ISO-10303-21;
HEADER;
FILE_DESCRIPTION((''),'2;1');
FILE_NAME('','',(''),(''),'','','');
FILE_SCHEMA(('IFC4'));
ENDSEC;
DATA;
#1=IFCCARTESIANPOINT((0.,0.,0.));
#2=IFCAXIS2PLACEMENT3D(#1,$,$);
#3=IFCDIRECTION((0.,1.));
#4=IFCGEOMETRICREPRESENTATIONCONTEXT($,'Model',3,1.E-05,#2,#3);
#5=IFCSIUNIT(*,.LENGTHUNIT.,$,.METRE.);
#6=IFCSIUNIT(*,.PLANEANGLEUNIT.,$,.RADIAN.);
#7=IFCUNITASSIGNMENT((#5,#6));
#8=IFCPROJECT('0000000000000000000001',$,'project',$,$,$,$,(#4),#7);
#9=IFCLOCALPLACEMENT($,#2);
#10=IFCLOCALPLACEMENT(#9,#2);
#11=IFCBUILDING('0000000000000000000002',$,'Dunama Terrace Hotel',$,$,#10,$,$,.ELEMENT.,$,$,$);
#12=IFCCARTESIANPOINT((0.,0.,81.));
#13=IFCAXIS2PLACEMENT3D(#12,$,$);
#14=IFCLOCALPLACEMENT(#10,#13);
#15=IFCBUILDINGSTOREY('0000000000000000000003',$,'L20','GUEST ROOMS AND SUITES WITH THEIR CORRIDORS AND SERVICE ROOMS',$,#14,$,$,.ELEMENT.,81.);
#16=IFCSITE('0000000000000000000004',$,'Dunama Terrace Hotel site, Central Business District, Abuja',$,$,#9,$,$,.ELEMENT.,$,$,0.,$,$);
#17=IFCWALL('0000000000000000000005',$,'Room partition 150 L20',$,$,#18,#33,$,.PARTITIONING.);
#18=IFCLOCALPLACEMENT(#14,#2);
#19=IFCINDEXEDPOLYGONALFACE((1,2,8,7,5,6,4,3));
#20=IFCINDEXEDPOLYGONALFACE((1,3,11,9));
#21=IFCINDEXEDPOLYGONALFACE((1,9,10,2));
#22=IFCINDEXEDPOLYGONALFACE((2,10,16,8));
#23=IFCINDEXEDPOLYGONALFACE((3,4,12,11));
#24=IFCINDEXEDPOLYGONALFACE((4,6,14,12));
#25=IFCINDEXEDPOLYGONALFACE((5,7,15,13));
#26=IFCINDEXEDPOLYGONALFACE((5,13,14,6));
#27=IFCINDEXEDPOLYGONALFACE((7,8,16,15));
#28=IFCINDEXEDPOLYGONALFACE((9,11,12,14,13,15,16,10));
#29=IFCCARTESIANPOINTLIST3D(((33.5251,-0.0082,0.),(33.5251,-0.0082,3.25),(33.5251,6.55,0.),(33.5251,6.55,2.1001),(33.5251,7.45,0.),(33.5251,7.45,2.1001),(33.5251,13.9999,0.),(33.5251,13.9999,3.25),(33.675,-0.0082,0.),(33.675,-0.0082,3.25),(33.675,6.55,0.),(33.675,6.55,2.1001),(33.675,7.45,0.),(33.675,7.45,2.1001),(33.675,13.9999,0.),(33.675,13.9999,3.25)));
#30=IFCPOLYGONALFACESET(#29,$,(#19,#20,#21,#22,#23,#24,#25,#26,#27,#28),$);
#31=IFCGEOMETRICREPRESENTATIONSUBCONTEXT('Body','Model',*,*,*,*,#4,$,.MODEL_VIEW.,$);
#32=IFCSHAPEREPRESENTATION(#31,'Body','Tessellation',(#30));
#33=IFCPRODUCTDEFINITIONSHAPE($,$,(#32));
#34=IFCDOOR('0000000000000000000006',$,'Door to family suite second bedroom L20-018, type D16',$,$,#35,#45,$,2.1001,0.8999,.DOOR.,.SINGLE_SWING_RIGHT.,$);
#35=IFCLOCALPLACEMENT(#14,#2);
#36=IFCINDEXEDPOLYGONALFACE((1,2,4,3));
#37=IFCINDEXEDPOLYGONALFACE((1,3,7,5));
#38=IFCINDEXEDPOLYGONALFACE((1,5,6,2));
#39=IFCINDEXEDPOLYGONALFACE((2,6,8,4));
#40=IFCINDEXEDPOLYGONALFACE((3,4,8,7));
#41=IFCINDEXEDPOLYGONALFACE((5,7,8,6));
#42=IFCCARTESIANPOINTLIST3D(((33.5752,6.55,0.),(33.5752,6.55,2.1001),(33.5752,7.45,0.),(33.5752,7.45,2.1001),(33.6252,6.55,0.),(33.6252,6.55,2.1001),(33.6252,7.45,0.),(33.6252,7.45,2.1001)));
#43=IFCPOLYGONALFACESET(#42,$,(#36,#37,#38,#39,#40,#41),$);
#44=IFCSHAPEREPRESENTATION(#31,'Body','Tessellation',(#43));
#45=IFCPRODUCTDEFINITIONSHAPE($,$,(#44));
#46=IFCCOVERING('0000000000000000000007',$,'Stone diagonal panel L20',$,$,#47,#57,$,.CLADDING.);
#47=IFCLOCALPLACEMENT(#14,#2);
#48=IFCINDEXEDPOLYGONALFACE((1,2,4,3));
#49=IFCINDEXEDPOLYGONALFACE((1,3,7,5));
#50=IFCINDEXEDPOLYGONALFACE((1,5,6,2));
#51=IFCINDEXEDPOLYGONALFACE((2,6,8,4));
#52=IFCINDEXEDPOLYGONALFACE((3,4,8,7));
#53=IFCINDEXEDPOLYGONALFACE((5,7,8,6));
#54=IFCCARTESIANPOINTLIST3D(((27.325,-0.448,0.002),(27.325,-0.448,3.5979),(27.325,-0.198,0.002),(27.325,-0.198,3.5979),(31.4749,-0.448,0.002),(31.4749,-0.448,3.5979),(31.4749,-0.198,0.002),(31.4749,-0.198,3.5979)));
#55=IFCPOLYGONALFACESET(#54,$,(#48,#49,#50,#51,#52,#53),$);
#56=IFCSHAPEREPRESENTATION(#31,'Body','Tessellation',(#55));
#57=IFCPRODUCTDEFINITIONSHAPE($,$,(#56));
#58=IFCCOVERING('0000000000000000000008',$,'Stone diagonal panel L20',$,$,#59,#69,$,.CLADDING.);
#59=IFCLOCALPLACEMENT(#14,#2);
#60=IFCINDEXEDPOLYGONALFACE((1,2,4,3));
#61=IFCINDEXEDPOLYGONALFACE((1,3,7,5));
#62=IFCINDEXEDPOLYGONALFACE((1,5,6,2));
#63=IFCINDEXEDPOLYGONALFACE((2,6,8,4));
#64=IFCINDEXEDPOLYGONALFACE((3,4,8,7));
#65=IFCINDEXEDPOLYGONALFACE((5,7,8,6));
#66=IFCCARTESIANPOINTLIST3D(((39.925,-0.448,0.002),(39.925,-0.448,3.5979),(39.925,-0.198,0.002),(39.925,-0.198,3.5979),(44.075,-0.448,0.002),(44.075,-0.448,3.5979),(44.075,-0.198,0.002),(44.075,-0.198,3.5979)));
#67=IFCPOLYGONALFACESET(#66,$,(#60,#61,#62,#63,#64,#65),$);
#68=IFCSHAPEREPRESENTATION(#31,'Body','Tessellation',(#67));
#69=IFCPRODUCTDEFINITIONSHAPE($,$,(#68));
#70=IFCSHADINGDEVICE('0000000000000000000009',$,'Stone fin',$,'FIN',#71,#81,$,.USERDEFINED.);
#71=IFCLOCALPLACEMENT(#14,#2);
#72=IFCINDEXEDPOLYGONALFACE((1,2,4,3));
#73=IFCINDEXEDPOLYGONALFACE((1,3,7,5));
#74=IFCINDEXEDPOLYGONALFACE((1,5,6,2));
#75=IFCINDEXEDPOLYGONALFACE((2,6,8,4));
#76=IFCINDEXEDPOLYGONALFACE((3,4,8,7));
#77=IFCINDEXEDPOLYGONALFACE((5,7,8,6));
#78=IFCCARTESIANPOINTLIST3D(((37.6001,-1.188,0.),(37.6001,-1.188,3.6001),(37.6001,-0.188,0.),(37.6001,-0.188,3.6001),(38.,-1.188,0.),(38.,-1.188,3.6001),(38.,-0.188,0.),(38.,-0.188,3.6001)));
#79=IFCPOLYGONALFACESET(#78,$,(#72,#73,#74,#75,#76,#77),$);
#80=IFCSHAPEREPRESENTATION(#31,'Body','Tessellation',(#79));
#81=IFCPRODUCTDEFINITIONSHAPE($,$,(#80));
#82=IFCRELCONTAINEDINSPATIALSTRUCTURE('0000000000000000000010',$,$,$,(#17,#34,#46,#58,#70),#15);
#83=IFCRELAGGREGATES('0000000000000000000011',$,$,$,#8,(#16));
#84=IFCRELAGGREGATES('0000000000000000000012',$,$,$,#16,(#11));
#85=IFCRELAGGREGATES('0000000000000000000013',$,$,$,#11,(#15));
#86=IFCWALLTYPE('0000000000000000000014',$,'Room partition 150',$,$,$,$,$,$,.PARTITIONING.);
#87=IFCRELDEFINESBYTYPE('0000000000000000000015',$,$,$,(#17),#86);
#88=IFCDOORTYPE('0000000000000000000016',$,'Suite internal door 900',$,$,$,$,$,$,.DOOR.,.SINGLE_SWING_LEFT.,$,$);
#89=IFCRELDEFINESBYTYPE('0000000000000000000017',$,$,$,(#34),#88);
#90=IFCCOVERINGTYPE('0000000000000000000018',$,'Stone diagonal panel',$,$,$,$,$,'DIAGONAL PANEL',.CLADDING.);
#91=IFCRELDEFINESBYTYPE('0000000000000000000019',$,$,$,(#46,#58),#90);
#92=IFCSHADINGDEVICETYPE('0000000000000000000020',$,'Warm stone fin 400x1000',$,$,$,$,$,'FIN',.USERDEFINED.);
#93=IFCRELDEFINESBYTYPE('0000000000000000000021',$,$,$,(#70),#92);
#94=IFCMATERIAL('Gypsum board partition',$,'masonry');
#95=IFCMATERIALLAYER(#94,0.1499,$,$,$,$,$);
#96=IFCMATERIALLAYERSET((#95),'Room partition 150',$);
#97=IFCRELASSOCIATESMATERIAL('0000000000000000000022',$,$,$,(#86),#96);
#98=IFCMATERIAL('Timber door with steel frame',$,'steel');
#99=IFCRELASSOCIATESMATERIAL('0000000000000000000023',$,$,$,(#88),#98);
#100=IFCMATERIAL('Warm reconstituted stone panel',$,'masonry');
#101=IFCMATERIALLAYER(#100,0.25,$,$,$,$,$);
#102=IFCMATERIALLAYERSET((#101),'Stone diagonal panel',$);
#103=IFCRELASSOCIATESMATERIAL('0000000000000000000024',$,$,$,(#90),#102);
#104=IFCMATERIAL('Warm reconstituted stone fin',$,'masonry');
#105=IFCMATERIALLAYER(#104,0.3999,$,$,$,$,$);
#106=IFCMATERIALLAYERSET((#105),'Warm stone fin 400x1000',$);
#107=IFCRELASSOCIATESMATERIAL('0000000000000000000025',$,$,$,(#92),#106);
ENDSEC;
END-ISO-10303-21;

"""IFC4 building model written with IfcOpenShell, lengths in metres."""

from ifc_helpers import new_model, si_unit, direction, frame, frame_2d, origin, origin_2d, place, context, subcontext, project, spatial, rectangle, extrude, material, layer, layer_set, type_object, element, fill, save


model = new_model("IFC4")

# Units and contexts
model_context = context("Model", 3, precision=1e-05, world=origin(), true_north=direction((0.0, 1.0)))
body_context = subcontext(model_context, "Body", "Model", "MODEL_VIEW")
ifc_project = project(units=[si_unit("LENGTHUNIT", "METRE"), si_unit("PLANEANGLEUNIT", "RADIAN")], contexts=[model_context])

# Site, building, storey
site_placement = place(None, origin())
site = spatial("IfcSite", under=ifc_project, at=site_placement, Name="Dunama Terrace Hotel site, Central Business District, Abuja", CompositionType="ELEMENT", RefElevation=0.0)
building_placement = place(site_placement, origin())
building = spatial("IfcBuilding", under=site, at=building_placement, Name="Dunama Terrace Hotel", CompositionType="ELEMENT")
storey_placement = place(building_placement, frame((0.0, 0.0, 81.0)))
storey = spatial("IfcBuildingStorey", under=building, at=storey_placement, Name="L20", Description="GUEST ROOMS AND SUITES WITH THEIR CORRIDORS AND SERVICE ROOMS", CompositionType="ELEMENT", Elevation=81.0)

# Wall, opening, door
ifc_material_1 = material(Name="Gypsum board partition", Category="masonry")
ifc_layer_1 = layer(ifc_material_1, 0.1499)
ifc_layer_set_1 = layer_set([ifc_layer_1], Name="Room partition 150")
wall_type_1 = type_object("IfcWallType", Name="Room partition 150", PredefinedType="PARTITIONING", material=ifc_layer_set_1)
ifc_material_2 = material(Name="Timber door with steel frame", Category="steel")
door_type_1 = type_object("IfcDoorType", Name="Suite internal door 900", OperationType="SINGLE_SWING_LEFT", PredefinedType="DOOR", material=ifc_material_2)
wall_1_placement = place(storey_placement, frame((33.6001, -0.0081, 0.0), z_axis=(0.0, 0.0, 1.0), x_axis=(0.0, 1.0, 0.0)))
wall_1 = element("IfcWall", 1, at=wall_1_placement, inside=storey, type_object=wall_type_1, Name="Room partition 150 L20", PredefinedType="PARTITIONING", context=body_context, shape_type="SweptSolid", body=[
    extrude(rectangle(XDim=14.0081, YDim=0.1499, at=frame_2d((7.0039, 0.0))), origin(), (0.0, 0.0, 1.0), 3.25),
])
opening_1_placement = place(wall_1_placement, frame((6.5581, 0.0, 0.0)))
opening_1 = element("IfcOpeningElement", 2, at=opening_1_placement, cuts=wall_1, PredefinedType="OPENING", context=body_context, shape_type="SweptSolid", body=[
    extrude(rectangle(XDim=0.8999, YDim=2.1001, at=frame_2d((0.45, 1.05))), frame((0.0, 0.085, 0.0), z_axis=(0.0, -1.0, 0.0), x_axis=(1.0, 0.0, 0.0)), (0.0, 0.0, 1.0), 0.1699),
])
door_1_placement = place(opening_1_placement, frame((0.8999, 0.0, 0.0), z_axis=(0.0, 0.0, 1.0), x_axis=(-1.0, 0.0, 0.0)))
door_1 = element("IfcDoor", 3, at=door_1_placement, inside=storey, type_object=door_type_1, Name="Door to family suite second bedroom L20-018, type D16", OperationType="SINGLE_SWING_RIGHT", OverallHeight=2.1001, OverallWidth=0.8999, PredefinedType="DOOR", context=body_context, shape_type="SweptSolid", body=[
    extrude(rectangle(XDim=0.8999, YDim=2.1001, at=frame_2d((0.45, 1.05))), frame((0.0, 0.0251, 0.0), z_axis=(0.0, -1.0, 0.0), x_axis=(1.0, 0.0, 0.0)), (0.0, 0.0, 1.0), 0.05),
])
fill(opening_1, door_1)

# Coverings
ifc_material_3 = material(Name="Warm reconstituted stone panel", Category="masonry")
ifc_layer_2 = layer(ifc_material_3, 0.25)
ifc_layer_set_2 = layer_set([ifc_layer_2], Name="Stone diagonal panel")
covering_type = type_object("IfcCoveringType", Name="Stone diagonal panel", ElementType="DIAGONAL PANEL", PredefinedType="CLADDING", material=ifc_layer_set_2)
for number, where, z_axis, x_axis, name in (
    (4, (29.3999, -0.323, 0.002), (0.0, 0.0, 1.0), (1.0, 0.0, 0.0), "Stone diagonal panel L20"),
    (5, (42.0, -0.323, 0.002), (0.0, 0.0, 1.0), (1.0, 0.0, 0.0), "Stone diagonal panel L20"),
):
    element("IfcCovering", number, at=place(storey_placement, frame(where, z_axis=z_axis, x_axis=x_axis)), inside=storey, type_object=covering_type, Name=name, PredefinedType="CLADDING", context=body_context, shape_type="SweptSolid", body=[
        extrude(rectangle(XDim=4.1499, YDim=0.25, at=origin_2d()), origin(), (0.0, 0.0, 1.0), 3.5959),
    ])

# Shading device
ifc_material_4 = material(Name="Warm reconstituted stone fin", Category="masonry")
ifc_layer_3 = layer(ifc_material_4, 0.3999)
ifc_layer_set_3 = layer_set([ifc_layer_3], Name="Warm stone fin 400x1000")
shading_device_type = type_object("IfcShadingDeviceType", Name="Warm stone fin 400x1000", ElementType="FIN", PredefinedType="USERDEFINED", material=ifc_layer_set_3)
shading_device_placement = place(storey_placement, frame((37.8, -0.688, 0.0), z_axis=(0.0, 0.0, 1.0), x_axis=(1.0, 0.0, 0.0)))
element("IfcShadingDevice", 6, at=shading_device_placement, inside=storey, type_object=shading_device_type, Name="Stone fin", ObjectType="FIN", PredefinedType="USERDEFINED", context=body_context, shape_type="SweptSolid", body=[
    extrude(rectangle(XDim=0.3999, YDim=1.0, at=origin_2d()), origin(), (0.0, 0.0, 1.0), 3.6001),
])

save(model, "model.ifc")
